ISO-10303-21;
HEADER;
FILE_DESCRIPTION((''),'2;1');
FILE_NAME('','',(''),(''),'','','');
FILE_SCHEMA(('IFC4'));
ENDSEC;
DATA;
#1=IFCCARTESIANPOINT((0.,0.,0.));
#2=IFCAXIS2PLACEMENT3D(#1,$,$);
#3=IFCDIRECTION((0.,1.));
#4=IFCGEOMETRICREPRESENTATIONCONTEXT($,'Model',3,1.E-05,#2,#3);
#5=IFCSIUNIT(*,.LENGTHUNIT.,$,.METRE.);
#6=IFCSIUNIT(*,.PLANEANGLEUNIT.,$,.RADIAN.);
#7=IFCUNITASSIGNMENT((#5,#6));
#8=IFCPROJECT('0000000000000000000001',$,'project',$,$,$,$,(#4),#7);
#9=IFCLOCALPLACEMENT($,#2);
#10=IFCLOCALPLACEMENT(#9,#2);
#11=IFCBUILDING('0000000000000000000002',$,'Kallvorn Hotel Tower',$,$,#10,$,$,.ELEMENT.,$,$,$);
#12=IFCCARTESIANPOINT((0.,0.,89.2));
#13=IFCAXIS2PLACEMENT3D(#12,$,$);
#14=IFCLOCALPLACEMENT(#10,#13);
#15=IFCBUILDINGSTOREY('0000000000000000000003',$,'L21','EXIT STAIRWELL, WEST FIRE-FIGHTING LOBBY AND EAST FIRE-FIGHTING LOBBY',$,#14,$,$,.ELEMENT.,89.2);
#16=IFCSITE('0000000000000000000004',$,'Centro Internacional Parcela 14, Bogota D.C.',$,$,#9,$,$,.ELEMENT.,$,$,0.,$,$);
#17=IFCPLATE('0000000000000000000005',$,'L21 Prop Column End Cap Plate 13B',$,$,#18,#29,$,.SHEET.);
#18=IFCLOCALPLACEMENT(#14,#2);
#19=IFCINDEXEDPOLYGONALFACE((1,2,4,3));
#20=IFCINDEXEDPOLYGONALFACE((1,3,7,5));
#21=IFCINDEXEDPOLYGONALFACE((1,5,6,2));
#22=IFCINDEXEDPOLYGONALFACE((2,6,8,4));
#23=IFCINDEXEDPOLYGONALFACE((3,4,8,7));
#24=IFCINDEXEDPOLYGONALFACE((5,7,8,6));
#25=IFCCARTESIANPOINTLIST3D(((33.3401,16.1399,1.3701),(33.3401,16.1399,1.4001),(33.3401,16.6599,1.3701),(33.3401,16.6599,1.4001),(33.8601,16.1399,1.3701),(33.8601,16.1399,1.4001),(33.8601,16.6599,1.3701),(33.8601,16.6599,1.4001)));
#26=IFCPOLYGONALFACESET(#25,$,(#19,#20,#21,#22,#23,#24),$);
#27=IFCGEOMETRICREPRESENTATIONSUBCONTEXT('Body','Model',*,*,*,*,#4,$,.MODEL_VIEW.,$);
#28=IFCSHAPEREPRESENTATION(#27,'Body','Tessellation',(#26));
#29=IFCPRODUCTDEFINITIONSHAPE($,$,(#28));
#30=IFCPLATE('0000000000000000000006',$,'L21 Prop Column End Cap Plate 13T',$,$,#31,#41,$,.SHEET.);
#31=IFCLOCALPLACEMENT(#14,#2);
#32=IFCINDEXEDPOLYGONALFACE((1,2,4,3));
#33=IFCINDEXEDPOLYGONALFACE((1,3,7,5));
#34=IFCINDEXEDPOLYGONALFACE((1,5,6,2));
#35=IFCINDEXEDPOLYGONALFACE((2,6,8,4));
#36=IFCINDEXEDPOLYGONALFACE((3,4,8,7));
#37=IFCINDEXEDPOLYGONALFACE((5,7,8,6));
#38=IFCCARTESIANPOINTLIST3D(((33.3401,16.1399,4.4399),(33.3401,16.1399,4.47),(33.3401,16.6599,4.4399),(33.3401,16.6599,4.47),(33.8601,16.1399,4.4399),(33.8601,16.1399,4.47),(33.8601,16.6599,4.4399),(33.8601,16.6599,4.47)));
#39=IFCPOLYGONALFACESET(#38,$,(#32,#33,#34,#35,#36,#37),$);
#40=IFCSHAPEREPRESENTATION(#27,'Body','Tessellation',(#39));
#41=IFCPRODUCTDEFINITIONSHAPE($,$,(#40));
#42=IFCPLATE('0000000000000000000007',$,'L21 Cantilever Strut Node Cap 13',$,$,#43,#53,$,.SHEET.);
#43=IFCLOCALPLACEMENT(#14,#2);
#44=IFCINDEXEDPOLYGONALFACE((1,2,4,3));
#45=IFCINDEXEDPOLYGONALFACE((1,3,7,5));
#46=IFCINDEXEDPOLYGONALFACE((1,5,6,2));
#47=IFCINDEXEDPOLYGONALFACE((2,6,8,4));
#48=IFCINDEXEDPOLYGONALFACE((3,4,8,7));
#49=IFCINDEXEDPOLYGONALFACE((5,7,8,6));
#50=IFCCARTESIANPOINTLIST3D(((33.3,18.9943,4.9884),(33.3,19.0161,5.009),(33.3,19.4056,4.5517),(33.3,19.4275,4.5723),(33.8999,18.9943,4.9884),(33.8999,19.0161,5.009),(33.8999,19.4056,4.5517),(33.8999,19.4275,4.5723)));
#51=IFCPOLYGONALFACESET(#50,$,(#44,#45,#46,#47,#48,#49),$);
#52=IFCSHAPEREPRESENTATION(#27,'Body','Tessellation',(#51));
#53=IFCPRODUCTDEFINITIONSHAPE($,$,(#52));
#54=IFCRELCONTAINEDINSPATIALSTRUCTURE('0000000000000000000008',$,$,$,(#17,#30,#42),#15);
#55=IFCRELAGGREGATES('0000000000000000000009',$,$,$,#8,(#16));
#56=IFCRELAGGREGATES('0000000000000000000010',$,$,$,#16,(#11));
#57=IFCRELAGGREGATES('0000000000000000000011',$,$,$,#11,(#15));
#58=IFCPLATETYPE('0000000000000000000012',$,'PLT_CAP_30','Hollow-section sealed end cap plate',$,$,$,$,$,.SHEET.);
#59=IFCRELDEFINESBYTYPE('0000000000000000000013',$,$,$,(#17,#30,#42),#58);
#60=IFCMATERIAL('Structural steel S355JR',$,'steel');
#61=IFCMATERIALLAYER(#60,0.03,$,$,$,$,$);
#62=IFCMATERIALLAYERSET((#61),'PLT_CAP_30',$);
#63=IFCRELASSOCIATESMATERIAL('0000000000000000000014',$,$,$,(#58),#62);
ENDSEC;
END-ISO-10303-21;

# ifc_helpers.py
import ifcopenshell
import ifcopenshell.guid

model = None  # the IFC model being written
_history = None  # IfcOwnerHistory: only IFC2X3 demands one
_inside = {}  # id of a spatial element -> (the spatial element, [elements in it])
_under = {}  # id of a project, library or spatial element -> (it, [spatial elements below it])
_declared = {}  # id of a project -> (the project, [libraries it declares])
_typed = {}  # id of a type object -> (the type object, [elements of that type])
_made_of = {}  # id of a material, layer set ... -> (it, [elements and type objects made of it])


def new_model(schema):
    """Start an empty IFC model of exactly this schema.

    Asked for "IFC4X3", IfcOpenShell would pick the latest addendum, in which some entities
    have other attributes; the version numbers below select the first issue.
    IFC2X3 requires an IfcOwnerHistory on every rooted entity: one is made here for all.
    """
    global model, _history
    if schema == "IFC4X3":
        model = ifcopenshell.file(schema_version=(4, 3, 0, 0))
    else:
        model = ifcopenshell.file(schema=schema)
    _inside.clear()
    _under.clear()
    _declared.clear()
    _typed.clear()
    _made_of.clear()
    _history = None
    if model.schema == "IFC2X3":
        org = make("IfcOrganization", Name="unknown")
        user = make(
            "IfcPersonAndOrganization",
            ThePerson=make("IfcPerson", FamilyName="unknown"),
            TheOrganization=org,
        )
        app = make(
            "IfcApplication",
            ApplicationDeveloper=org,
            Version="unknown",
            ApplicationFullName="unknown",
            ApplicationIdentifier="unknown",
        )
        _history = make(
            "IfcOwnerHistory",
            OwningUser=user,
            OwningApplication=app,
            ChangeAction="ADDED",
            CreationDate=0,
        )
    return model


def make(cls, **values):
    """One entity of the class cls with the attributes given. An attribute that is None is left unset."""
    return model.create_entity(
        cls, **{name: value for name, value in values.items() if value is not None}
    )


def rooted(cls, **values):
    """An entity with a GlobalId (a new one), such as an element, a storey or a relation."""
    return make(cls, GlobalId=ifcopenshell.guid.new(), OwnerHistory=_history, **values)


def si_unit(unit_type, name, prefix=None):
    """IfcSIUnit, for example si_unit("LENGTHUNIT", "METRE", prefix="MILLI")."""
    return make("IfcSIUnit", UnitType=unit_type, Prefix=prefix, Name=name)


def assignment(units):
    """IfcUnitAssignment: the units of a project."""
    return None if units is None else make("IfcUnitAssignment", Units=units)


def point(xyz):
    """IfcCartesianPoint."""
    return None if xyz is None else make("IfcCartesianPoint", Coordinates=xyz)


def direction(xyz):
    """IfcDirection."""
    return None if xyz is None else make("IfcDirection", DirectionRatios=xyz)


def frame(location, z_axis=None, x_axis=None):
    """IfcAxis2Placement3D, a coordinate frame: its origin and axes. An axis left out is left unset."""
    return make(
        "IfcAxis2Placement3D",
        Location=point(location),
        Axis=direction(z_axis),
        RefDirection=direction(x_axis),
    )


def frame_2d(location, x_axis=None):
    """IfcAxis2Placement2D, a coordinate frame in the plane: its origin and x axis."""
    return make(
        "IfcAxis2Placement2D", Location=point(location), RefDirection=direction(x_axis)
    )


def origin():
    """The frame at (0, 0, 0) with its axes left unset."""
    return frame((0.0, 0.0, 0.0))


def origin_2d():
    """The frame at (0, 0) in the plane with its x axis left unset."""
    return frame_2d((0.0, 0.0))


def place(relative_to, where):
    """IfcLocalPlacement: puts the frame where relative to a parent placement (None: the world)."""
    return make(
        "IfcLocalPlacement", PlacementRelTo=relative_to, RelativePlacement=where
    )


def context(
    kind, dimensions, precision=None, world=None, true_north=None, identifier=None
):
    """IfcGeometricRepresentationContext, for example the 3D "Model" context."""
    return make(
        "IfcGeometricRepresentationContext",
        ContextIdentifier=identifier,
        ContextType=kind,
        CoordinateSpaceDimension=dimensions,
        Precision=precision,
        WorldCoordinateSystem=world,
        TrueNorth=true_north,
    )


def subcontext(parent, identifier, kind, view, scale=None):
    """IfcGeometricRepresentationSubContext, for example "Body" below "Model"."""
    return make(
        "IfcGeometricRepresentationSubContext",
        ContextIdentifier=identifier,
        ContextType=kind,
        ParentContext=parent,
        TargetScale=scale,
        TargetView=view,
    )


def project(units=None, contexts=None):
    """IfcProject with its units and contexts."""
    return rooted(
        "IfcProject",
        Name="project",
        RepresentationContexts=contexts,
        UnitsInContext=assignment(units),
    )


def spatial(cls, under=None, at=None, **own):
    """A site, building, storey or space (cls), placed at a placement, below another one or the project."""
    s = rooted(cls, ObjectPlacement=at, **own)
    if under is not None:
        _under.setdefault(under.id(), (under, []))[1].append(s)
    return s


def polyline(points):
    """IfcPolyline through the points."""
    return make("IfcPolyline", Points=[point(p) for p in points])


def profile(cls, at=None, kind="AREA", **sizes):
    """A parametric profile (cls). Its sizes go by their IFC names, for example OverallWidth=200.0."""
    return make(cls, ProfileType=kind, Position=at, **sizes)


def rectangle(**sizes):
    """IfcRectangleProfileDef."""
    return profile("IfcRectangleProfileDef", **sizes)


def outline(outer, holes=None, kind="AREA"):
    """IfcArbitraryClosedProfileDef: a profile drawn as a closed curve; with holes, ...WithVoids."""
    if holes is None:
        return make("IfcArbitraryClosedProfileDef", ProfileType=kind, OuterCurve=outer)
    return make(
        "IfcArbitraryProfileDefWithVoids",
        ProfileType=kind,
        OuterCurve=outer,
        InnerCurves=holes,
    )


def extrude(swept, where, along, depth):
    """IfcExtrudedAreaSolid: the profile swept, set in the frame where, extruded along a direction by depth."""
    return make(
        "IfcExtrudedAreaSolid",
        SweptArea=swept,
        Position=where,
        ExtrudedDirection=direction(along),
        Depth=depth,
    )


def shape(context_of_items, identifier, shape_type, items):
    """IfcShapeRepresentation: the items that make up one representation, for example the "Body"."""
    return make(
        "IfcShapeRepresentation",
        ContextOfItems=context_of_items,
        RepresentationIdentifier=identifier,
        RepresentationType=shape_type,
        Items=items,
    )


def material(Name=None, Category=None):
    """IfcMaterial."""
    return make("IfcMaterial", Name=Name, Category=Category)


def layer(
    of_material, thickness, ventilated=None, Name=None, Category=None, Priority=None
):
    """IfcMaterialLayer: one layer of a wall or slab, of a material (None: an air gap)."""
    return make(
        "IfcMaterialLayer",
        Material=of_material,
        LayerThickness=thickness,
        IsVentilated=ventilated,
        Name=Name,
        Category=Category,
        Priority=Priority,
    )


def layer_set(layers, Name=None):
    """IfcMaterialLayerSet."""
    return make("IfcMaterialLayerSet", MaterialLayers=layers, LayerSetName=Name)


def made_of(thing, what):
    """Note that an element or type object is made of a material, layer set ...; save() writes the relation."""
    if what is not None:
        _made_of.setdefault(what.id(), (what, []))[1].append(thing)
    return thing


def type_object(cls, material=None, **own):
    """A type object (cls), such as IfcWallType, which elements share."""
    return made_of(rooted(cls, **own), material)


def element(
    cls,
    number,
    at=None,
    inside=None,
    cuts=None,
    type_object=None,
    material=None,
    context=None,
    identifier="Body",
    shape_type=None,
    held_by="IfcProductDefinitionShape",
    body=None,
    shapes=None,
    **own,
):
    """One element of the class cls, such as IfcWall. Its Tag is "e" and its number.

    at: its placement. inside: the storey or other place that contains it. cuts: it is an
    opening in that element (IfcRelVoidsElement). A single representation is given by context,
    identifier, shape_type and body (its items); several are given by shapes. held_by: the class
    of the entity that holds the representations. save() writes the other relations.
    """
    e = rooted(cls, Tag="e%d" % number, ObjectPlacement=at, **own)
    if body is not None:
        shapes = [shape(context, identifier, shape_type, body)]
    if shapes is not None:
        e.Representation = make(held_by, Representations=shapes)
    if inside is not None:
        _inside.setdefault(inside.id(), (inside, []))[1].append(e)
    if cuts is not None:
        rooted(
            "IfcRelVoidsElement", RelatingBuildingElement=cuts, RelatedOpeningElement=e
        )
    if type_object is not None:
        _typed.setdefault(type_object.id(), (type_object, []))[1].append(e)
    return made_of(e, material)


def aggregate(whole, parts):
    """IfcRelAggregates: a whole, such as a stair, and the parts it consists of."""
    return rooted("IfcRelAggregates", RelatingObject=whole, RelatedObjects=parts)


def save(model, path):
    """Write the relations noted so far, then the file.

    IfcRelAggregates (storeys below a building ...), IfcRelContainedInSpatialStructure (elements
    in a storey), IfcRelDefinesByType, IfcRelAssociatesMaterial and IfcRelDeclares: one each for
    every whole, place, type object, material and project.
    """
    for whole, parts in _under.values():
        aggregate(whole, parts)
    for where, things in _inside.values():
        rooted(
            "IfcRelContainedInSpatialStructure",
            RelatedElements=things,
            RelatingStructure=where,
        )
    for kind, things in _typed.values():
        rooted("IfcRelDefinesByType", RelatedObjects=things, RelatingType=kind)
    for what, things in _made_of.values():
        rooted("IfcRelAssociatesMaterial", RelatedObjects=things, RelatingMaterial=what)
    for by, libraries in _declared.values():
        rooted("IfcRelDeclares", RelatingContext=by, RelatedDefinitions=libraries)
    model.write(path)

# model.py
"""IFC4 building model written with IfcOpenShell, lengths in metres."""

from ifc_helpers import new_model, si_unit, direction, frame, origin, origin_2d, place, context, subcontext, project, spatial, polyline, rectangle, outline, extrude, material, layer, layer_set, type_object, element, save


model = new_model("IFC4")

# Units and contexts
model_context = context("Model", 3, precision=1e-05, world=origin(), true_north=direction((0.0, 1.0)))
body_context = subcontext(model_context, "Body", "Model", "MODEL_VIEW")
ifc_project = project(units=[si_unit("LENGTHUNIT", "METRE"), si_unit("PLANEANGLEUNIT", "RADIAN")], contexts=[model_context])

# Site, building, storey
site_placement = place(None, origin())
site = spatial("IfcSite", under=ifc_project, at=site_placement, Name="Centro Internacional Parcela 14, Bogota D.C.", CompositionType="ELEMENT", RefElevation=0.0)
building_placement = place(site_placement, origin())
building = spatial("IfcBuilding", under=site, at=building_placement, Name="Kallvorn Hotel Tower", CompositionType="ELEMENT")
storey_placement = place(building_placement, frame((0.0, 0.0, 89.2)))
storey = spatial("IfcBuildingStorey", under=building, at=storey_placement, Name="L21", Description="EXIT STAIRWELL, WEST FIRE-FIGHTING LOBBY AND EAST FIRE-FIGHTING LOBBY", CompositionType="ELEMENT", Elevation=89.2)

# Plates
ifc_material_1 = material(Name="Structural steel S355JR", Category="steel")
ifc_layer = layer(ifc_material_1, 0.03)
ifc_layer_set = layer_set([ifc_layer], Name="PLT_CAP_30")
plate_type = type_object("IfcPlateType", Name="PLT_CAP_30", Description="Hollow-section sealed end cap plate", PredefinedType="SHEET", material=ifc_layer_set)
for number, where, z_axis, x_axis, name in (
    (1, (33.6001, 16.3999, 1.3701), (0.0, 0.0, 1.0), (1.0, 0.0, 0.0), "L21 Prop Column End Cap Plate 13B"),
    (2, (33.6001, 16.3999, 4.4399), (0.0, 0.0, 1.0), (1.0, 0.0, 0.0), "L21 Prop Column End Cap Plate 13T"),
):
    element("IfcPlate", number, at=place(storey_placement, frame(where, z_axis=z_axis, x_axis=x_axis)), inside=storey, type_object=plate_type, Name=name, PredefinedType="SHEET", context=body_context, shape_type="SweptSolid", body=[
        extrude(rectangle(XDim=0.52, YDim=0.52, at=origin_2d()), origin(), (0.0, 0.0, 1.0), 0.03),
    ])
plate_1_placement = place(storey_placement, frame((33.8999, 19.4275, 4.5723), z_axis=(0.0, 0.727949, 0.685631), x_axis=(-1.0, 0.0, 0.0)))
element("IfcPlate", 3, at=plate_1_placement, inside=storey, type_object=plate_type, Name="L21 Cantilever Strut Node Cap 13", PredefinedType="SHEET", context=body_context, shape_type="SweptSolid", body=[
    extrude(outline(polyline([(0.0, 0.0), (0.5999, 0.0), (0.5999, 0.6), (0.0, 0.6), (0.0, 0.0)])), origin(), (0.0, 0.0, -1.0), 0.03),
])

save(model, "model.ifc")
